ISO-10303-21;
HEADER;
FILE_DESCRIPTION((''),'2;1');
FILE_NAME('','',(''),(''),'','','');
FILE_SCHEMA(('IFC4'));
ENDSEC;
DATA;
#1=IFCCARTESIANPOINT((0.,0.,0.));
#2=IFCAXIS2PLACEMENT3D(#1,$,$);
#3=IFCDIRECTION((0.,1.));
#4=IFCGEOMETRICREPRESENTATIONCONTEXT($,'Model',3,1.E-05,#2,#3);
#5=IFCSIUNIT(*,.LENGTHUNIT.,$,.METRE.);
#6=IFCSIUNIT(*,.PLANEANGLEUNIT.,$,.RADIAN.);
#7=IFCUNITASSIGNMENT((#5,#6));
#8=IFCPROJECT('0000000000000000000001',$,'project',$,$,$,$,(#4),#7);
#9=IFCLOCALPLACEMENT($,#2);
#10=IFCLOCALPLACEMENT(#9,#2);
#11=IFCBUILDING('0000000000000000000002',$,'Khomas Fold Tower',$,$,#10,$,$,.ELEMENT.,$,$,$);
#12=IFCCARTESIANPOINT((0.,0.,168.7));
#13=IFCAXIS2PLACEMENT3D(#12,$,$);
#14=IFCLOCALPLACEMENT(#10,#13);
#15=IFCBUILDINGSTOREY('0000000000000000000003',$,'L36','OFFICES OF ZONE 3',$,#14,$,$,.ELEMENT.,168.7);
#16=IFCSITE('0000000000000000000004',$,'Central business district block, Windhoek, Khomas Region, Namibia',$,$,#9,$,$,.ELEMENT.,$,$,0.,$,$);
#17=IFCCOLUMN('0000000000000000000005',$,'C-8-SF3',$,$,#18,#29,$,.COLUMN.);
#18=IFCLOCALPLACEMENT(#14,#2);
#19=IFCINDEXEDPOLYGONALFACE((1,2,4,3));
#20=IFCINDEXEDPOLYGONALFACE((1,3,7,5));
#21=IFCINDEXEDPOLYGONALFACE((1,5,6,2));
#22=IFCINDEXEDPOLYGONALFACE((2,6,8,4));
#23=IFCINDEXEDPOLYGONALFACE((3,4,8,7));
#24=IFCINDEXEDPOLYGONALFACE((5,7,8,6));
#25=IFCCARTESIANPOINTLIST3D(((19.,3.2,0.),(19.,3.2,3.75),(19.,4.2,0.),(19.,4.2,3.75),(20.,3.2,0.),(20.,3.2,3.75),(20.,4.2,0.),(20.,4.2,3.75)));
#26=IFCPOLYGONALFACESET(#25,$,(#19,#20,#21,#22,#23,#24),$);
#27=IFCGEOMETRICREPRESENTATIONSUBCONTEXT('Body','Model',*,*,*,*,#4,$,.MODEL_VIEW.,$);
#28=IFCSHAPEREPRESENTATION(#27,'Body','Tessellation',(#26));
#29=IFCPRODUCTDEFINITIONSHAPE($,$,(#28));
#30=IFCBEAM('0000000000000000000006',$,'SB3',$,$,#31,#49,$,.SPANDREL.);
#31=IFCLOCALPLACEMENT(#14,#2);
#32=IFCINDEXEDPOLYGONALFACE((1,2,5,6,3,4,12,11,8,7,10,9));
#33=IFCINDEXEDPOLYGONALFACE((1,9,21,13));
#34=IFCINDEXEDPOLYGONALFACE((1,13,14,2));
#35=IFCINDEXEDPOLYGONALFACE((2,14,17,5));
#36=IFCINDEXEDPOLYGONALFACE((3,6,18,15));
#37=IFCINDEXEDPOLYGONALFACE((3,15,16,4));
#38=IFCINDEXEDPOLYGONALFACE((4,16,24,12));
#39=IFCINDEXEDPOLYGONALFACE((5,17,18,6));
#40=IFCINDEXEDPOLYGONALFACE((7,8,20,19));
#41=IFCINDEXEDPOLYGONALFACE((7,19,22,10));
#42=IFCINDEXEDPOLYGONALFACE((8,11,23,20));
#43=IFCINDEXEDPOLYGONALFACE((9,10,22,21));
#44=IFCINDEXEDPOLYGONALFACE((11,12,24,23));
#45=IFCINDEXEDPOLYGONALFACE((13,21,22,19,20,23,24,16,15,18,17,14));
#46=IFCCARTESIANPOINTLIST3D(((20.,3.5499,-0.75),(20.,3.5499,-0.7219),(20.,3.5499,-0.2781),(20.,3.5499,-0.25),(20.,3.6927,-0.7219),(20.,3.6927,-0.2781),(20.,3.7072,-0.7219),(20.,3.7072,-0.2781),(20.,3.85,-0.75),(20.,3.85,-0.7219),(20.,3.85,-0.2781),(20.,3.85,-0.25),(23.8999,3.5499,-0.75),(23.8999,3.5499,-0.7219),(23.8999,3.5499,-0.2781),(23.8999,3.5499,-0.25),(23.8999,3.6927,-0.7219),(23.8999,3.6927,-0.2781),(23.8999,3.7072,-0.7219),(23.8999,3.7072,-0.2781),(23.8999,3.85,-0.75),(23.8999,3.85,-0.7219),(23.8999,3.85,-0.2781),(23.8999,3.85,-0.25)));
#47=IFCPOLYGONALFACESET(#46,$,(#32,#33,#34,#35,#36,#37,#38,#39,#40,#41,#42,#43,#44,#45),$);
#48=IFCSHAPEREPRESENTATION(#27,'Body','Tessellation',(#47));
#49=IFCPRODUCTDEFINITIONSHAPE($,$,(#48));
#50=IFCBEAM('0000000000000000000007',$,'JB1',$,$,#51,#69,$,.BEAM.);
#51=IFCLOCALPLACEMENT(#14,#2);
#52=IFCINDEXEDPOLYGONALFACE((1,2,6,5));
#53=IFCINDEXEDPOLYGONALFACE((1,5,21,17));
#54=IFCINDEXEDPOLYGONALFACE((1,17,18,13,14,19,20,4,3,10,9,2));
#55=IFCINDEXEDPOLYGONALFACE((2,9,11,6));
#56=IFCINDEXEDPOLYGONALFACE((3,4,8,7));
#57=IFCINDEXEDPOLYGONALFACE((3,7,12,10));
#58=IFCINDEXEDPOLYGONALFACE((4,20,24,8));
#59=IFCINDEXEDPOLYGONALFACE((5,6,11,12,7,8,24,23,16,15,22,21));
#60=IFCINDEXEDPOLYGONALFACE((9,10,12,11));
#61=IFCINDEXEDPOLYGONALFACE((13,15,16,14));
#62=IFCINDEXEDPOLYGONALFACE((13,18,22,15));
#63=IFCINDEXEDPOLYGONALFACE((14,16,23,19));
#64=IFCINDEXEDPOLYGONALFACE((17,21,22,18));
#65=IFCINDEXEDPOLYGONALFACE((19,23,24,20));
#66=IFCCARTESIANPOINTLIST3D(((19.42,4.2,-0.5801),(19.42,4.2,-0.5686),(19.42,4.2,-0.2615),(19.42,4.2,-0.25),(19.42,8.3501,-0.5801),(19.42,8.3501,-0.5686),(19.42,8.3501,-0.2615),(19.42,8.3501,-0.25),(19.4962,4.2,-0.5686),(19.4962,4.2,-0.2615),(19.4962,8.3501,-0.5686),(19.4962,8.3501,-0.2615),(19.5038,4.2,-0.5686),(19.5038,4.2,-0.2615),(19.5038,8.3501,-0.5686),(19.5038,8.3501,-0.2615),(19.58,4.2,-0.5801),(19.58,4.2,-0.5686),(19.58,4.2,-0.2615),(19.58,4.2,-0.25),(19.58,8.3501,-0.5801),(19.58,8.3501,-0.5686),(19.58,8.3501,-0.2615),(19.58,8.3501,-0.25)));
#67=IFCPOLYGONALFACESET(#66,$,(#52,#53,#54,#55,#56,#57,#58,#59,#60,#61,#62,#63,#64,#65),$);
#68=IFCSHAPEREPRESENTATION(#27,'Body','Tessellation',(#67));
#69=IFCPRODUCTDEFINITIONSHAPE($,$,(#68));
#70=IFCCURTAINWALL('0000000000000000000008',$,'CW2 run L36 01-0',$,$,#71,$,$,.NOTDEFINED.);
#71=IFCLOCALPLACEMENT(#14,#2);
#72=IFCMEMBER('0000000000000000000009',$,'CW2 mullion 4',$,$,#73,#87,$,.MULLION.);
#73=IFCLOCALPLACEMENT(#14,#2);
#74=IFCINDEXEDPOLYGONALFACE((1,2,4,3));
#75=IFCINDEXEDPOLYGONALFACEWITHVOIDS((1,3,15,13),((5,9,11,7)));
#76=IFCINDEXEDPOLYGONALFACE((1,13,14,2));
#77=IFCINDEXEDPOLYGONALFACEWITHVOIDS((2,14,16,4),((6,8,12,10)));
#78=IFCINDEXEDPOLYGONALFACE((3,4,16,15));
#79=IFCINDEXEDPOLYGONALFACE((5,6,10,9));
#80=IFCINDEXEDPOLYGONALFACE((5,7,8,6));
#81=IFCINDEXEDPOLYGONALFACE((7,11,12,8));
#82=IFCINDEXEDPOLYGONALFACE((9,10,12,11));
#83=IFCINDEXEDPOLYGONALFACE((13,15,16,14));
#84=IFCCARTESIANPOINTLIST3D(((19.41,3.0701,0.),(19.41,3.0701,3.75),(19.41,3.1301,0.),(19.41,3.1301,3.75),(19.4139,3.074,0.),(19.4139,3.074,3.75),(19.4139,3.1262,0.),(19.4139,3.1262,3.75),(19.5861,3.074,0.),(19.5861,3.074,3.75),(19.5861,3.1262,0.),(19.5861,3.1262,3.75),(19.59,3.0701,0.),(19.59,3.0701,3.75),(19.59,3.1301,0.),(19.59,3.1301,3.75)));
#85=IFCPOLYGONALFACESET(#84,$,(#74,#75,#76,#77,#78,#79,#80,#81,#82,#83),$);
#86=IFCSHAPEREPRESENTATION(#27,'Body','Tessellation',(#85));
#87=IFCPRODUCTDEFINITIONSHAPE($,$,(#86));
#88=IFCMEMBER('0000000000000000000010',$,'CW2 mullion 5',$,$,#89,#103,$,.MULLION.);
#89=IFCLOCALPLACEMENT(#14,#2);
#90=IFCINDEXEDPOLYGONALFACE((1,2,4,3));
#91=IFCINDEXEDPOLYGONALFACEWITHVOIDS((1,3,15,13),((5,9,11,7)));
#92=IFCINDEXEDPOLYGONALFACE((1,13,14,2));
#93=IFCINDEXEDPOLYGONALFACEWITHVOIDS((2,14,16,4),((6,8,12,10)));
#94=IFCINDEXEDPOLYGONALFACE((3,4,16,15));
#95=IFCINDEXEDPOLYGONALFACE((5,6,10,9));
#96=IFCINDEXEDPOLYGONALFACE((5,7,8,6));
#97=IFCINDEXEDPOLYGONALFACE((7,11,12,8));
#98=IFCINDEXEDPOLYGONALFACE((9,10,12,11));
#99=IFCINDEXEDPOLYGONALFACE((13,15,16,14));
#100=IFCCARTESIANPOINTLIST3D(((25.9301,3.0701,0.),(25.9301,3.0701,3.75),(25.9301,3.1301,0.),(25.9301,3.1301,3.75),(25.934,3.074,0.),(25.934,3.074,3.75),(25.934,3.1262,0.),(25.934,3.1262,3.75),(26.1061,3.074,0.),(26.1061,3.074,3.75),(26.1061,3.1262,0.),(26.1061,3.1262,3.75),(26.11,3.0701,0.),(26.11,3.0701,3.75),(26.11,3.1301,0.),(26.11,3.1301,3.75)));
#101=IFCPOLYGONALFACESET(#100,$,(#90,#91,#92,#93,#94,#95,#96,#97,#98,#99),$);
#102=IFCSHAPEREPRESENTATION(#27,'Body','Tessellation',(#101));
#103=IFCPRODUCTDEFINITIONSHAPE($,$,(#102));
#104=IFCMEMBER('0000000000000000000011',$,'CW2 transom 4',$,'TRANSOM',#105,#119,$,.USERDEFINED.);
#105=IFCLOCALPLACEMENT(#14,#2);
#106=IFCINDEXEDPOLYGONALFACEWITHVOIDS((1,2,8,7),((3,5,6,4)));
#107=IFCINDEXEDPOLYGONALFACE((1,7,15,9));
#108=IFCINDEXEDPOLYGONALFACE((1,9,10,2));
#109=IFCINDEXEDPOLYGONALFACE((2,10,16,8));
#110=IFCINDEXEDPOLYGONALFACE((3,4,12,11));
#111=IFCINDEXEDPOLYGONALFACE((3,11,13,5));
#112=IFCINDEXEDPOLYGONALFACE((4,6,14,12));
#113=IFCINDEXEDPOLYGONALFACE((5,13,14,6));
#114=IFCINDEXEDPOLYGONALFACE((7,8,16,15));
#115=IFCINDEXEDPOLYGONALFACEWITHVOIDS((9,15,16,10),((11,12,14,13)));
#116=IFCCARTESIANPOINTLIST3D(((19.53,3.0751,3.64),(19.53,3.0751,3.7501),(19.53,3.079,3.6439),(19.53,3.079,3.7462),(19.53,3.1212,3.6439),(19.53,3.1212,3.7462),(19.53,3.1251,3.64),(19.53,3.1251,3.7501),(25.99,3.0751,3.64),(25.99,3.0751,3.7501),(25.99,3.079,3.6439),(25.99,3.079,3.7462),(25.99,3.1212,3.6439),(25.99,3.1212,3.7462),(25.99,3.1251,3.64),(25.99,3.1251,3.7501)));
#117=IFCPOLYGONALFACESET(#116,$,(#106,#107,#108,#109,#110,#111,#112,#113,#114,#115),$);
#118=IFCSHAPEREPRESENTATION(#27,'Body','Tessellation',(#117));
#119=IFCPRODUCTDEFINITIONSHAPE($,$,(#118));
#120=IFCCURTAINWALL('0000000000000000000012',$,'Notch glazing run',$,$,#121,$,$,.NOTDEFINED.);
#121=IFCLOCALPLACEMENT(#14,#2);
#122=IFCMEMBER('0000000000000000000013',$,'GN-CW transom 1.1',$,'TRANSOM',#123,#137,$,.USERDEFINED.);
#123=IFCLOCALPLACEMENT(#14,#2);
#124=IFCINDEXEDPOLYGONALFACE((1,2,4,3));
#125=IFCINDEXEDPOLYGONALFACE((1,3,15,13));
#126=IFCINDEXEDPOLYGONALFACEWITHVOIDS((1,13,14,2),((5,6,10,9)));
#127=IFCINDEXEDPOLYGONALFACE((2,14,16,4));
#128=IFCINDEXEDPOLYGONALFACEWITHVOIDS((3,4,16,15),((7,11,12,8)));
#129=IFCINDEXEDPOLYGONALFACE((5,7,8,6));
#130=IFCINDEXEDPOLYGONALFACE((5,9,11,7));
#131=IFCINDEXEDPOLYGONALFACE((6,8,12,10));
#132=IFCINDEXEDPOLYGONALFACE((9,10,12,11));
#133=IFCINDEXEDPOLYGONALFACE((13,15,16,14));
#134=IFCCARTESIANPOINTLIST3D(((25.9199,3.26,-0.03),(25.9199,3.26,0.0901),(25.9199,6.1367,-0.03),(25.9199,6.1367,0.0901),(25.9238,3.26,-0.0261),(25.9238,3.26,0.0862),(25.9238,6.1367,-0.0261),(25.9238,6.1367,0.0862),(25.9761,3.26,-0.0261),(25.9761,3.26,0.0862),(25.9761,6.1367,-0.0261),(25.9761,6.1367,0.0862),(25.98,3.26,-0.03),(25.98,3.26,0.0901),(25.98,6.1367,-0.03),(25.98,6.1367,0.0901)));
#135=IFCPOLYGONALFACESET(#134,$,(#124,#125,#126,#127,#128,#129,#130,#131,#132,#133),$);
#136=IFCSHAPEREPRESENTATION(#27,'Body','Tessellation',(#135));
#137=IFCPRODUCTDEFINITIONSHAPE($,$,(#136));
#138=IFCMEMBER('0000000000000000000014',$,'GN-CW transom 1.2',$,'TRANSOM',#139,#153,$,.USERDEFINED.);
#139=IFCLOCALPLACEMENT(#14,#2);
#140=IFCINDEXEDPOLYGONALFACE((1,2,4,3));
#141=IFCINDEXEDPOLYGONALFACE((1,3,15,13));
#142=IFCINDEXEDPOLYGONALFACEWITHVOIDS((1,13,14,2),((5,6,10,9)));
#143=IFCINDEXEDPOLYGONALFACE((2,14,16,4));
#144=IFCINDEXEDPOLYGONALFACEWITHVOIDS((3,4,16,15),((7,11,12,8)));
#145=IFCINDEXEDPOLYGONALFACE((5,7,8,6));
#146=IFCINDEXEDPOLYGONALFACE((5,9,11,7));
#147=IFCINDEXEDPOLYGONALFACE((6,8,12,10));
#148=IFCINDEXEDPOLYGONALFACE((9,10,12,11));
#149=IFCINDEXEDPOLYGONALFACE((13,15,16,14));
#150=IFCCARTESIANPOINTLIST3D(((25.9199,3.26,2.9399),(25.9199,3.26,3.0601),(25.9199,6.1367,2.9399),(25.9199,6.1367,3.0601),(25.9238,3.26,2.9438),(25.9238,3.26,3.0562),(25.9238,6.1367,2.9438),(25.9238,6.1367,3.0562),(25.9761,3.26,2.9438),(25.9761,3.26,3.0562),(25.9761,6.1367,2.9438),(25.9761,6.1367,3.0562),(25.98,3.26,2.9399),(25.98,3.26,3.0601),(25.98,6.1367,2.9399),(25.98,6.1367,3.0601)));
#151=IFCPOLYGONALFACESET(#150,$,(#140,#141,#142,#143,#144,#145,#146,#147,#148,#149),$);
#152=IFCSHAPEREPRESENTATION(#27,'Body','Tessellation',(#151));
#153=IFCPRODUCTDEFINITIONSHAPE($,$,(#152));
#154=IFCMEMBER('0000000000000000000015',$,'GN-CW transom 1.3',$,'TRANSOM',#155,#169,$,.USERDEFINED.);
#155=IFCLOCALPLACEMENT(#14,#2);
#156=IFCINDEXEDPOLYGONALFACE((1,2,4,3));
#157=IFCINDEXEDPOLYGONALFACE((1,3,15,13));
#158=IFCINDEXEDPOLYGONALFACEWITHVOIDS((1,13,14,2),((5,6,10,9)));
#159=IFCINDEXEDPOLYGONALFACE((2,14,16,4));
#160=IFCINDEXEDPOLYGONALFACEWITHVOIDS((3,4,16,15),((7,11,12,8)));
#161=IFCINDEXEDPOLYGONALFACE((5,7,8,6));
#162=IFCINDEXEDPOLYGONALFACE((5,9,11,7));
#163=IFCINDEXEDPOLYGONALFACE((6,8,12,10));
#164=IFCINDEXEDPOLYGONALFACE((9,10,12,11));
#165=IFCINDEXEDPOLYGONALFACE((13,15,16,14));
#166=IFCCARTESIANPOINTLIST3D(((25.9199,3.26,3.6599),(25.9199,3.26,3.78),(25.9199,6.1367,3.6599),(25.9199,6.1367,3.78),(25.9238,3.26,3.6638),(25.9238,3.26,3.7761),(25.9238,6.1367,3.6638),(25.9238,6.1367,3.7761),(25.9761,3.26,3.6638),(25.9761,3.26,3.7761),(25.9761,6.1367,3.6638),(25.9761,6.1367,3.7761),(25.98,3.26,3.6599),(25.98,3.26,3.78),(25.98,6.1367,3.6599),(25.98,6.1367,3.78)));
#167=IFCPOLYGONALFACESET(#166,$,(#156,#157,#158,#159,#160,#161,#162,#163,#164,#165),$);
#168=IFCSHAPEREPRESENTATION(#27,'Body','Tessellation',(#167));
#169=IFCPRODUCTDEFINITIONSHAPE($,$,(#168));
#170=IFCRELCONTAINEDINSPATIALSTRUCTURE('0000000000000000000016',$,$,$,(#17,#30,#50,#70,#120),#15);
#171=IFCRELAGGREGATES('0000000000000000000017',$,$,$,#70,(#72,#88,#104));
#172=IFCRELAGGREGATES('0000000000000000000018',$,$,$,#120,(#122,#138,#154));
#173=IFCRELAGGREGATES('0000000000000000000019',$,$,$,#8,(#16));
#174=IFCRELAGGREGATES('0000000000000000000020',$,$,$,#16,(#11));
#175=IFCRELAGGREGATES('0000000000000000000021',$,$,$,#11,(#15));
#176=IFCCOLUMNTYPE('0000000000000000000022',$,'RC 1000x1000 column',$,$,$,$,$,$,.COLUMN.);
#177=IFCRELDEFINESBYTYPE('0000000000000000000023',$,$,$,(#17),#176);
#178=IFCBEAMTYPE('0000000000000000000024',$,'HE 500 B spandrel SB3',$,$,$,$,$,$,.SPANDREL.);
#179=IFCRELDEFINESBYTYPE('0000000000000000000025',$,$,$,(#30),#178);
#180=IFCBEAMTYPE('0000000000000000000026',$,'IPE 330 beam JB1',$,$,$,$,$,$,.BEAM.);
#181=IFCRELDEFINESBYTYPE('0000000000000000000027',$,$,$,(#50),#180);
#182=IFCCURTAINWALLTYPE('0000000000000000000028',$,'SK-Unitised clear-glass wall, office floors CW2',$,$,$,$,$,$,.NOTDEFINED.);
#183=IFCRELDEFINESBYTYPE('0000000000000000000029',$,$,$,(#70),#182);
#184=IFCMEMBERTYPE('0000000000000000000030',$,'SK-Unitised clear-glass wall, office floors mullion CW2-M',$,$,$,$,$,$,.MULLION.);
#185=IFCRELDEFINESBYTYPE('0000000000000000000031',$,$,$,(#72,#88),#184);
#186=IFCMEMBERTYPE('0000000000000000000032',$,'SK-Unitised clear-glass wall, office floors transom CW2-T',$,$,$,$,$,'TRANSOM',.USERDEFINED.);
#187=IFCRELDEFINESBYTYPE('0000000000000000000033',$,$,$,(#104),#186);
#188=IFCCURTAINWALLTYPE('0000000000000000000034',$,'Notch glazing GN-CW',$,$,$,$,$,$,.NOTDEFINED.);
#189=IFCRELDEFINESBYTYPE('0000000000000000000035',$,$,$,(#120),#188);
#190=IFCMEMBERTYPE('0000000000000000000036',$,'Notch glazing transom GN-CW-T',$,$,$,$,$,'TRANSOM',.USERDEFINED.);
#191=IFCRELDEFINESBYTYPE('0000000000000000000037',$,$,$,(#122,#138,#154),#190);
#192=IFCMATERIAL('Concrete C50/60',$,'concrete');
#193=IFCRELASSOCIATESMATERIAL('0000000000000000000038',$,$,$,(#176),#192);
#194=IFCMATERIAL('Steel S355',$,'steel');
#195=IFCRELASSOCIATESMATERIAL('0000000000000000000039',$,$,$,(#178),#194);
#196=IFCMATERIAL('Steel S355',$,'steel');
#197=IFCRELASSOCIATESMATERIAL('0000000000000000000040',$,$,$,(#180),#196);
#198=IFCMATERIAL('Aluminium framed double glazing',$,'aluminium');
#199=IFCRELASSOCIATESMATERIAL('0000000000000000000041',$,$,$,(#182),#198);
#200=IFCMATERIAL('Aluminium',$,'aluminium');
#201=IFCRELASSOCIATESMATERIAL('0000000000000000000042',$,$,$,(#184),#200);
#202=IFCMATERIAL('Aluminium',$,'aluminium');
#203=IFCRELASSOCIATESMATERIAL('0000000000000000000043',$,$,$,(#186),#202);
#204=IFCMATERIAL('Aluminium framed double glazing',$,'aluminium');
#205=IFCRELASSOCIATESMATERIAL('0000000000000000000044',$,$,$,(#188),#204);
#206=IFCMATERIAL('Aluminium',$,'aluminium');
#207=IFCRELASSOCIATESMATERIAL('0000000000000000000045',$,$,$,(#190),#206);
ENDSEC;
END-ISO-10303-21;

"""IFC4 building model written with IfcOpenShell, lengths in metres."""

from ifc_helpers import new_model, si_unit, direction, frame, origin, origin_2d, place, context, subcontext, project, spatial, rectangle, hollow_rectangle, i_section, extrude, source, transform, mapped, material, material_profile, profile_set, type_object, element, aggregate, save


model = new_model("IFC4")

# Units and contexts
model_context = context("Model", 3, precision=1e-05, world=origin(), true_north=direction((0.0, 1.0)))
body_context = subcontext(model_context, "Body", "Model", "MODEL_VIEW")
ifc_project = project(units=[si_unit("LENGTHUNIT", "METRE"), si_unit("PLANEANGLEUNIT", "RADIAN")], contexts=[model_context])

# Site, building, storey
site_placement = place(None, origin())
site = spatial("IfcSite", under=ifc_project, at=site_placement, Name="Central business district block, Windhoek, Khomas Region, Namibia", CompositionType="ELEMENT", RefElevation=0.0)
building_placement = place(site_placement, origin())
building = spatial("IfcBuilding", under=site, at=building_placement, Name="Khomas Fold Tower", CompositionType="ELEMENT")
storey_placement = place(building_placement, frame((0.0, 0.0, 168.7)))
storey = spatial("IfcBuildingStorey", under=building, at=storey_placement, Name="L36", Description="OFFICES OF ZONE 3", CompositionType="ELEMENT", Elevation=168.7)

# Column
ifc_material_1 = material(Name="Concrete C50/60", Category="concrete")
ifc_material_profile_1 = material_profile(ifc_material_1, rectangle(XDim=1.0, YDim=1.0, at=origin_2d()), Name="RC 1000x1000")
ifc_profile_set_1 = profile_set([ifc_material_profile_1], Name="Concrete C50/60")
column_type = type_object("IfcColumnType", Name="RC 1000x1000 column", PredefinedType="COLUMN", material=ifc_profile_set_1)
shared_shape_1 = source(origin(), body_context, "Body", "SweptSolid", [
    extrude(rectangle(XDim=1.0, YDim=1.0, at=origin_2d()), origin(), (0.0, 0.0, 1.0), 3.75),
])
column_placement = place(storey_placement, frame((19.5, 3.7, 0.0), z_axis=(0.0, 0.0, 1.0), x_axis=(1.0, 0.0, 0.0)))
element("IfcColumn", 1, at=column_placement, inside=storey, type_object=column_type, Name="C-8-SF3", PredefinedType="COLUMN", context=body_context, shape_type="MappedRepresentation", body=[
    mapped(shared_shape_1, transform((0.0, 0.0, 0.0))),
])

# Beams
ifc_material_2 = material(Name="Steel S355", Category="steel")
ifc_material_profile_2 = material_profile(ifc_material_2, i_section(OverallWidth=0.3, OverallDepth=0.5, WebThickness=0.0144, FlangeThickness=0.0281, at=origin_2d()), Name="HE 500 B")
ifc_profile_set_2 = profile_set([ifc_material_profile_2], Name="Steel S355")
beam_type_1 = type_object("IfcBeamType", Name="HE 500 B spandrel SB3", PredefinedType="SPANDREL", material=ifc_profile_set_2)
shared_shape_2 = source(origin(), body_context, "Body", "SweptSolid", [
    extrude(i_section(OverallWidth=0.3, OverallDepth=0.5, WebThickness=0.0144, FlangeThickness=0.0281, at=origin_2d()), origin(), (0.0, 0.0, 1.0), 3.8999),
])
beam_1_placement = place(storey_placement, frame((20.0, 3.7, -0.5), z_axis=(1.0, 0.0, 0.0), x_axis=(0.0, 1.0, 0.0)))
element("IfcBeam", 2, at=beam_1_placement, inside=storey, type_object=beam_type_1, Name="SB3", PredefinedType="SPANDREL", context=body_context, shape_type="MappedRepresentation", body=[
    mapped(shared_shape_2, transform((0.0, 0.0, 0.0))),
])
ifc_material_3 = material(Name="Steel S355", Category="steel")
ifc_material_profile_3 = material_profile(ifc_material_3, i_section(OverallWidth=0.1599, OverallDepth=0.3301, WebThickness=0.0076, FlangeThickness=0.0115, at=origin_2d()), Name="IPE 330")
ifc_profile_set_3 = profile_set([ifc_material_profile_3], Name="Steel S355")
beam_type_2 = type_object("IfcBeamType", Name="IPE 330 beam JB1", PredefinedType="BEAM", material=ifc_profile_set_3)
shared_shape_3 = source(origin(), body_context, "Body", "SweptSolid", [
    extrude(i_section(OverallWidth=0.1599, OverallDepth=0.3301, WebThickness=0.0076, FlangeThickness=0.0115, at=origin_2d()), origin(), (0.0, 0.0, 1.0), 4.1501),
])
beam_2_placement = place(storey_placement, frame((19.5, 4.2, -0.415), z_axis=(0.0, 1.0, 0.0), x_axis=(-1.0, 0.0, 0.0)))
element("IfcBeam", 3, at=beam_2_placement, inside=storey, type_object=beam_type_2, Name="JB1", PredefinedType="BEAM", context=body_context, shape_type="MappedRepresentation", body=[
    mapped(shared_shape_3, transform((0.0, 0.0, 0.0))),
])

# Curtain walls, members
ifc_material_4 = material(Name="Aluminium framed double glazing", Category="aluminium")
curtain_wall_type_1 = type_object("IfcCurtainWallType", Name="SK-Unitised clear-glass wall, office floors CW2", PredefinedType="NOTDEFINED", material=ifc_material_4)
curtain_wall_1_placement = place(storey_placement, origin())
curtain_wall_1 = element("IfcCurtainWall", 4, at=curtain_wall_1_placement, inside=storey, type_object=curtain_wall_type_1, Name="CW2 run L36 01-0", PredefinedType="NOTDEFINED")
ifc_material_5 = material(Name="Aluminium", Category="aluminium")
ifc_material_profile_4 = material_profile(ifc_material_5, hollow_rectangle(XDim=0.0601, YDim=0.1799, WallThickness=0.0039, at=origin_2d()), Name="SK-Unitised clear-glass wall, office floors mullion CW2-M")
ifc_profile_set_4 = profile_set([ifc_material_profile_4], Name="Aluminium")
member_type_1 = type_object("IfcMemberType", Name="SK-Unitised clear-glass wall, office floors mullion CW2-M", PredefinedType="MULLION", material=ifc_profile_set_4)
shared_shape_4 = source(origin(), body_context, "Body", "SweptSolid", [
    extrude(hollow_rectangle(XDim=0.0601, YDim=0.1799, WallThickness=0.0039, at=origin_2d()), origin(), (0.0, 0.0, 1.0), 3.75),
])
member_1_placement = place(storey_placement, frame((19.5, 3.1001, 0.0), z_axis=(0.0, 0.0, 1.0), x_axis=(0.0, 1.0, 0.0)))
member_1 = element("IfcMember", 5, at=member_1_placement, type_object=member_type_1, Name="CW2 mullion 4", PredefinedType="MULLION", context=body_context, shape_type="MappedRepresentation", body=[
    mapped(shared_shape_4, transform((0.0, 0.0, 0.0))),
])
member_2_placement = place(storey_placement, frame((26.02, 3.1001, 0.0), z_axis=(0.0, 0.0, 1.0), x_axis=(0.0, 1.0, 0.0)))
member_2 = element("IfcMember", 6, at=member_2_placement, type_object=member_type_1, Name="CW2 mullion 5", PredefinedType="MULLION", context=body_context, shape_type="MappedRepresentation", body=[
    mapped(shared_shape_4, transform((0.0, 0.0, 0.0))),
])
ifc_material_6 = material(Name="Aluminium", Category="aluminium")
ifc_material_profile_5 = material_profile(ifc_material_6, hollow_rectangle(XDim=0.05, YDim=0.1101, WallThickness=0.0039, at=origin_2d()), Name="SK-Unitised clear-glass wall, office floors transom CW2-T")
ifc_profile_set_5 = profile_set([ifc_material_profile_5], Name="Aluminium")
member_type_2 = type_object("IfcMemberType", Name="SK-Unitised clear-glass wall, office floors transom CW2-T", ElementType="TRANSOM", PredefinedType="USERDEFINED", material=ifc_profile_set_5)
shared_shape_5 = source(origin(), body_context, "Body", "SweptSolid", [
    extrude(hollow_rectangle(XDim=0.05, YDim=0.1101, WallThickness=0.0039, at=origin_2d()), origin(), (0.0, 0.0, 1.0), 6.46),
])
member_3_placement = place(storey_placement, frame((19.53, 3.1001, 3.6951), z_axis=(1.0, 0.0, 0.0), x_axis=(0.0, 1.0, 0.0)))
member_3 = element("IfcMember", 7, at=member_3_placement, type_object=member_type_2, Name="CW2 transom 4", ObjectType="TRANSOM", PredefinedType="USERDEFINED", context=body_context, shape_type="MappedRepresentation", body=[
    mapped(shared_shape_5, transform((0.0, 0.0, 0.0))),
])
ifc_material_7 = material(Name="Aluminium framed double glazing", Category="aluminium")
curtain_wall_type_2 = type_object("IfcCurtainWallType", Name="Notch glazing GN-CW", PredefinedType="NOTDEFINED", material=ifc_material_7)
curtain_wall_2_placement = place(storey_placement, origin())
curtain_wall_2 = element("IfcCurtainWall", 8, at=curtain_wall_2_placement, inside=storey, type_object=curtain_wall_type_2, Name="Notch glazing run", PredefinedType="NOTDEFINED")
ifc_material_8 = material(Name="Aluminium", Category="aluminium")
ifc_material_profile_6 = material_profile(ifc_material_8, hollow_rectangle(XDim=0.0601, YDim=0.1201, WallThickness=0.0039, at=origin_2d()), Name="Notch glazing transom GN-CW-T")
ifc_profile_set_6 = profile_set([ifc_material_profile_6], Name="Aluminium")
member_type_3 = type_object("IfcMemberType", Name="Notch glazing transom GN-CW-T", ElementType="TRANSOM", PredefinedType="USERDEFINED", material=ifc_profile_set_6)
shared_shape_6 = source(origin(), body_context, "Body", "SweptSolid", [
    extrude(hollow_rectangle(XDim=0.0601, YDim=0.1201, WallThickness=0.0039, at=origin_2d()), origin(), (0.0, 0.0, 1.0), 2.8767),
])
member_4_placement = place(storey_placement, frame((25.95, 3.26, 0.03), z_axis=(0.0, 1.0, 0.0), x_axis=(-1.0, 0.0, 0.0)))
member_4 = element("IfcMember", 9, at=member_4_placement, type_object=member_type_3, Name="GN-CW transom 1.1", ObjectType="TRANSOM", PredefinedType="USERDEFINED", context=body_context, shape_type="MappedRepresentation", body=[
    mapped(shared_shape_6, transform((0.0, 0.0, 0.0))),
])
member_5_placement = place(storey_placement, frame((25.95, 3.26, 3.0), z_axis=(0.0, 1.0, 0.0), x_axis=(-1.0, 0.0, 0.0)))
member_5 = element("IfcMember", 10, at=member_5_placement, type_object=member_type_3, Name="GN-CW transom 1.2", ObjectType="TRANSOM", PredefinedType="USERDEFINED", context=body_context, shape_type="MappedRepresentation", body=[
    mapped(shared_shape_6, transform((0.0, 0.0, 0.0))),
])
member_6_placement = place(storey_placement, frame((25.95, 3.26, 3.72), z_axis=(0.0, 1.0, 0.0), x_axis=(-1.0, 0.0, 0.0)))
member_6 = element("IfcMember", 11, at=member_6_placement, type_object=member_type_3, Name="GN-CW transom 1.3", ObjectType="TRANSOM", PredefinedType="USERDEFINED", context=body_context, shape_type="MappedRepresentation", body=[
    mapped(shared_shape_6, transform((0.0, 0.0, 0.0))),
])

aggregate(curtain_wall_1, [member_1, member_2, member_3])
aggregate(curtain_wall_2, [member_4, member_5, member_6])

save(model, "model.ifc")
